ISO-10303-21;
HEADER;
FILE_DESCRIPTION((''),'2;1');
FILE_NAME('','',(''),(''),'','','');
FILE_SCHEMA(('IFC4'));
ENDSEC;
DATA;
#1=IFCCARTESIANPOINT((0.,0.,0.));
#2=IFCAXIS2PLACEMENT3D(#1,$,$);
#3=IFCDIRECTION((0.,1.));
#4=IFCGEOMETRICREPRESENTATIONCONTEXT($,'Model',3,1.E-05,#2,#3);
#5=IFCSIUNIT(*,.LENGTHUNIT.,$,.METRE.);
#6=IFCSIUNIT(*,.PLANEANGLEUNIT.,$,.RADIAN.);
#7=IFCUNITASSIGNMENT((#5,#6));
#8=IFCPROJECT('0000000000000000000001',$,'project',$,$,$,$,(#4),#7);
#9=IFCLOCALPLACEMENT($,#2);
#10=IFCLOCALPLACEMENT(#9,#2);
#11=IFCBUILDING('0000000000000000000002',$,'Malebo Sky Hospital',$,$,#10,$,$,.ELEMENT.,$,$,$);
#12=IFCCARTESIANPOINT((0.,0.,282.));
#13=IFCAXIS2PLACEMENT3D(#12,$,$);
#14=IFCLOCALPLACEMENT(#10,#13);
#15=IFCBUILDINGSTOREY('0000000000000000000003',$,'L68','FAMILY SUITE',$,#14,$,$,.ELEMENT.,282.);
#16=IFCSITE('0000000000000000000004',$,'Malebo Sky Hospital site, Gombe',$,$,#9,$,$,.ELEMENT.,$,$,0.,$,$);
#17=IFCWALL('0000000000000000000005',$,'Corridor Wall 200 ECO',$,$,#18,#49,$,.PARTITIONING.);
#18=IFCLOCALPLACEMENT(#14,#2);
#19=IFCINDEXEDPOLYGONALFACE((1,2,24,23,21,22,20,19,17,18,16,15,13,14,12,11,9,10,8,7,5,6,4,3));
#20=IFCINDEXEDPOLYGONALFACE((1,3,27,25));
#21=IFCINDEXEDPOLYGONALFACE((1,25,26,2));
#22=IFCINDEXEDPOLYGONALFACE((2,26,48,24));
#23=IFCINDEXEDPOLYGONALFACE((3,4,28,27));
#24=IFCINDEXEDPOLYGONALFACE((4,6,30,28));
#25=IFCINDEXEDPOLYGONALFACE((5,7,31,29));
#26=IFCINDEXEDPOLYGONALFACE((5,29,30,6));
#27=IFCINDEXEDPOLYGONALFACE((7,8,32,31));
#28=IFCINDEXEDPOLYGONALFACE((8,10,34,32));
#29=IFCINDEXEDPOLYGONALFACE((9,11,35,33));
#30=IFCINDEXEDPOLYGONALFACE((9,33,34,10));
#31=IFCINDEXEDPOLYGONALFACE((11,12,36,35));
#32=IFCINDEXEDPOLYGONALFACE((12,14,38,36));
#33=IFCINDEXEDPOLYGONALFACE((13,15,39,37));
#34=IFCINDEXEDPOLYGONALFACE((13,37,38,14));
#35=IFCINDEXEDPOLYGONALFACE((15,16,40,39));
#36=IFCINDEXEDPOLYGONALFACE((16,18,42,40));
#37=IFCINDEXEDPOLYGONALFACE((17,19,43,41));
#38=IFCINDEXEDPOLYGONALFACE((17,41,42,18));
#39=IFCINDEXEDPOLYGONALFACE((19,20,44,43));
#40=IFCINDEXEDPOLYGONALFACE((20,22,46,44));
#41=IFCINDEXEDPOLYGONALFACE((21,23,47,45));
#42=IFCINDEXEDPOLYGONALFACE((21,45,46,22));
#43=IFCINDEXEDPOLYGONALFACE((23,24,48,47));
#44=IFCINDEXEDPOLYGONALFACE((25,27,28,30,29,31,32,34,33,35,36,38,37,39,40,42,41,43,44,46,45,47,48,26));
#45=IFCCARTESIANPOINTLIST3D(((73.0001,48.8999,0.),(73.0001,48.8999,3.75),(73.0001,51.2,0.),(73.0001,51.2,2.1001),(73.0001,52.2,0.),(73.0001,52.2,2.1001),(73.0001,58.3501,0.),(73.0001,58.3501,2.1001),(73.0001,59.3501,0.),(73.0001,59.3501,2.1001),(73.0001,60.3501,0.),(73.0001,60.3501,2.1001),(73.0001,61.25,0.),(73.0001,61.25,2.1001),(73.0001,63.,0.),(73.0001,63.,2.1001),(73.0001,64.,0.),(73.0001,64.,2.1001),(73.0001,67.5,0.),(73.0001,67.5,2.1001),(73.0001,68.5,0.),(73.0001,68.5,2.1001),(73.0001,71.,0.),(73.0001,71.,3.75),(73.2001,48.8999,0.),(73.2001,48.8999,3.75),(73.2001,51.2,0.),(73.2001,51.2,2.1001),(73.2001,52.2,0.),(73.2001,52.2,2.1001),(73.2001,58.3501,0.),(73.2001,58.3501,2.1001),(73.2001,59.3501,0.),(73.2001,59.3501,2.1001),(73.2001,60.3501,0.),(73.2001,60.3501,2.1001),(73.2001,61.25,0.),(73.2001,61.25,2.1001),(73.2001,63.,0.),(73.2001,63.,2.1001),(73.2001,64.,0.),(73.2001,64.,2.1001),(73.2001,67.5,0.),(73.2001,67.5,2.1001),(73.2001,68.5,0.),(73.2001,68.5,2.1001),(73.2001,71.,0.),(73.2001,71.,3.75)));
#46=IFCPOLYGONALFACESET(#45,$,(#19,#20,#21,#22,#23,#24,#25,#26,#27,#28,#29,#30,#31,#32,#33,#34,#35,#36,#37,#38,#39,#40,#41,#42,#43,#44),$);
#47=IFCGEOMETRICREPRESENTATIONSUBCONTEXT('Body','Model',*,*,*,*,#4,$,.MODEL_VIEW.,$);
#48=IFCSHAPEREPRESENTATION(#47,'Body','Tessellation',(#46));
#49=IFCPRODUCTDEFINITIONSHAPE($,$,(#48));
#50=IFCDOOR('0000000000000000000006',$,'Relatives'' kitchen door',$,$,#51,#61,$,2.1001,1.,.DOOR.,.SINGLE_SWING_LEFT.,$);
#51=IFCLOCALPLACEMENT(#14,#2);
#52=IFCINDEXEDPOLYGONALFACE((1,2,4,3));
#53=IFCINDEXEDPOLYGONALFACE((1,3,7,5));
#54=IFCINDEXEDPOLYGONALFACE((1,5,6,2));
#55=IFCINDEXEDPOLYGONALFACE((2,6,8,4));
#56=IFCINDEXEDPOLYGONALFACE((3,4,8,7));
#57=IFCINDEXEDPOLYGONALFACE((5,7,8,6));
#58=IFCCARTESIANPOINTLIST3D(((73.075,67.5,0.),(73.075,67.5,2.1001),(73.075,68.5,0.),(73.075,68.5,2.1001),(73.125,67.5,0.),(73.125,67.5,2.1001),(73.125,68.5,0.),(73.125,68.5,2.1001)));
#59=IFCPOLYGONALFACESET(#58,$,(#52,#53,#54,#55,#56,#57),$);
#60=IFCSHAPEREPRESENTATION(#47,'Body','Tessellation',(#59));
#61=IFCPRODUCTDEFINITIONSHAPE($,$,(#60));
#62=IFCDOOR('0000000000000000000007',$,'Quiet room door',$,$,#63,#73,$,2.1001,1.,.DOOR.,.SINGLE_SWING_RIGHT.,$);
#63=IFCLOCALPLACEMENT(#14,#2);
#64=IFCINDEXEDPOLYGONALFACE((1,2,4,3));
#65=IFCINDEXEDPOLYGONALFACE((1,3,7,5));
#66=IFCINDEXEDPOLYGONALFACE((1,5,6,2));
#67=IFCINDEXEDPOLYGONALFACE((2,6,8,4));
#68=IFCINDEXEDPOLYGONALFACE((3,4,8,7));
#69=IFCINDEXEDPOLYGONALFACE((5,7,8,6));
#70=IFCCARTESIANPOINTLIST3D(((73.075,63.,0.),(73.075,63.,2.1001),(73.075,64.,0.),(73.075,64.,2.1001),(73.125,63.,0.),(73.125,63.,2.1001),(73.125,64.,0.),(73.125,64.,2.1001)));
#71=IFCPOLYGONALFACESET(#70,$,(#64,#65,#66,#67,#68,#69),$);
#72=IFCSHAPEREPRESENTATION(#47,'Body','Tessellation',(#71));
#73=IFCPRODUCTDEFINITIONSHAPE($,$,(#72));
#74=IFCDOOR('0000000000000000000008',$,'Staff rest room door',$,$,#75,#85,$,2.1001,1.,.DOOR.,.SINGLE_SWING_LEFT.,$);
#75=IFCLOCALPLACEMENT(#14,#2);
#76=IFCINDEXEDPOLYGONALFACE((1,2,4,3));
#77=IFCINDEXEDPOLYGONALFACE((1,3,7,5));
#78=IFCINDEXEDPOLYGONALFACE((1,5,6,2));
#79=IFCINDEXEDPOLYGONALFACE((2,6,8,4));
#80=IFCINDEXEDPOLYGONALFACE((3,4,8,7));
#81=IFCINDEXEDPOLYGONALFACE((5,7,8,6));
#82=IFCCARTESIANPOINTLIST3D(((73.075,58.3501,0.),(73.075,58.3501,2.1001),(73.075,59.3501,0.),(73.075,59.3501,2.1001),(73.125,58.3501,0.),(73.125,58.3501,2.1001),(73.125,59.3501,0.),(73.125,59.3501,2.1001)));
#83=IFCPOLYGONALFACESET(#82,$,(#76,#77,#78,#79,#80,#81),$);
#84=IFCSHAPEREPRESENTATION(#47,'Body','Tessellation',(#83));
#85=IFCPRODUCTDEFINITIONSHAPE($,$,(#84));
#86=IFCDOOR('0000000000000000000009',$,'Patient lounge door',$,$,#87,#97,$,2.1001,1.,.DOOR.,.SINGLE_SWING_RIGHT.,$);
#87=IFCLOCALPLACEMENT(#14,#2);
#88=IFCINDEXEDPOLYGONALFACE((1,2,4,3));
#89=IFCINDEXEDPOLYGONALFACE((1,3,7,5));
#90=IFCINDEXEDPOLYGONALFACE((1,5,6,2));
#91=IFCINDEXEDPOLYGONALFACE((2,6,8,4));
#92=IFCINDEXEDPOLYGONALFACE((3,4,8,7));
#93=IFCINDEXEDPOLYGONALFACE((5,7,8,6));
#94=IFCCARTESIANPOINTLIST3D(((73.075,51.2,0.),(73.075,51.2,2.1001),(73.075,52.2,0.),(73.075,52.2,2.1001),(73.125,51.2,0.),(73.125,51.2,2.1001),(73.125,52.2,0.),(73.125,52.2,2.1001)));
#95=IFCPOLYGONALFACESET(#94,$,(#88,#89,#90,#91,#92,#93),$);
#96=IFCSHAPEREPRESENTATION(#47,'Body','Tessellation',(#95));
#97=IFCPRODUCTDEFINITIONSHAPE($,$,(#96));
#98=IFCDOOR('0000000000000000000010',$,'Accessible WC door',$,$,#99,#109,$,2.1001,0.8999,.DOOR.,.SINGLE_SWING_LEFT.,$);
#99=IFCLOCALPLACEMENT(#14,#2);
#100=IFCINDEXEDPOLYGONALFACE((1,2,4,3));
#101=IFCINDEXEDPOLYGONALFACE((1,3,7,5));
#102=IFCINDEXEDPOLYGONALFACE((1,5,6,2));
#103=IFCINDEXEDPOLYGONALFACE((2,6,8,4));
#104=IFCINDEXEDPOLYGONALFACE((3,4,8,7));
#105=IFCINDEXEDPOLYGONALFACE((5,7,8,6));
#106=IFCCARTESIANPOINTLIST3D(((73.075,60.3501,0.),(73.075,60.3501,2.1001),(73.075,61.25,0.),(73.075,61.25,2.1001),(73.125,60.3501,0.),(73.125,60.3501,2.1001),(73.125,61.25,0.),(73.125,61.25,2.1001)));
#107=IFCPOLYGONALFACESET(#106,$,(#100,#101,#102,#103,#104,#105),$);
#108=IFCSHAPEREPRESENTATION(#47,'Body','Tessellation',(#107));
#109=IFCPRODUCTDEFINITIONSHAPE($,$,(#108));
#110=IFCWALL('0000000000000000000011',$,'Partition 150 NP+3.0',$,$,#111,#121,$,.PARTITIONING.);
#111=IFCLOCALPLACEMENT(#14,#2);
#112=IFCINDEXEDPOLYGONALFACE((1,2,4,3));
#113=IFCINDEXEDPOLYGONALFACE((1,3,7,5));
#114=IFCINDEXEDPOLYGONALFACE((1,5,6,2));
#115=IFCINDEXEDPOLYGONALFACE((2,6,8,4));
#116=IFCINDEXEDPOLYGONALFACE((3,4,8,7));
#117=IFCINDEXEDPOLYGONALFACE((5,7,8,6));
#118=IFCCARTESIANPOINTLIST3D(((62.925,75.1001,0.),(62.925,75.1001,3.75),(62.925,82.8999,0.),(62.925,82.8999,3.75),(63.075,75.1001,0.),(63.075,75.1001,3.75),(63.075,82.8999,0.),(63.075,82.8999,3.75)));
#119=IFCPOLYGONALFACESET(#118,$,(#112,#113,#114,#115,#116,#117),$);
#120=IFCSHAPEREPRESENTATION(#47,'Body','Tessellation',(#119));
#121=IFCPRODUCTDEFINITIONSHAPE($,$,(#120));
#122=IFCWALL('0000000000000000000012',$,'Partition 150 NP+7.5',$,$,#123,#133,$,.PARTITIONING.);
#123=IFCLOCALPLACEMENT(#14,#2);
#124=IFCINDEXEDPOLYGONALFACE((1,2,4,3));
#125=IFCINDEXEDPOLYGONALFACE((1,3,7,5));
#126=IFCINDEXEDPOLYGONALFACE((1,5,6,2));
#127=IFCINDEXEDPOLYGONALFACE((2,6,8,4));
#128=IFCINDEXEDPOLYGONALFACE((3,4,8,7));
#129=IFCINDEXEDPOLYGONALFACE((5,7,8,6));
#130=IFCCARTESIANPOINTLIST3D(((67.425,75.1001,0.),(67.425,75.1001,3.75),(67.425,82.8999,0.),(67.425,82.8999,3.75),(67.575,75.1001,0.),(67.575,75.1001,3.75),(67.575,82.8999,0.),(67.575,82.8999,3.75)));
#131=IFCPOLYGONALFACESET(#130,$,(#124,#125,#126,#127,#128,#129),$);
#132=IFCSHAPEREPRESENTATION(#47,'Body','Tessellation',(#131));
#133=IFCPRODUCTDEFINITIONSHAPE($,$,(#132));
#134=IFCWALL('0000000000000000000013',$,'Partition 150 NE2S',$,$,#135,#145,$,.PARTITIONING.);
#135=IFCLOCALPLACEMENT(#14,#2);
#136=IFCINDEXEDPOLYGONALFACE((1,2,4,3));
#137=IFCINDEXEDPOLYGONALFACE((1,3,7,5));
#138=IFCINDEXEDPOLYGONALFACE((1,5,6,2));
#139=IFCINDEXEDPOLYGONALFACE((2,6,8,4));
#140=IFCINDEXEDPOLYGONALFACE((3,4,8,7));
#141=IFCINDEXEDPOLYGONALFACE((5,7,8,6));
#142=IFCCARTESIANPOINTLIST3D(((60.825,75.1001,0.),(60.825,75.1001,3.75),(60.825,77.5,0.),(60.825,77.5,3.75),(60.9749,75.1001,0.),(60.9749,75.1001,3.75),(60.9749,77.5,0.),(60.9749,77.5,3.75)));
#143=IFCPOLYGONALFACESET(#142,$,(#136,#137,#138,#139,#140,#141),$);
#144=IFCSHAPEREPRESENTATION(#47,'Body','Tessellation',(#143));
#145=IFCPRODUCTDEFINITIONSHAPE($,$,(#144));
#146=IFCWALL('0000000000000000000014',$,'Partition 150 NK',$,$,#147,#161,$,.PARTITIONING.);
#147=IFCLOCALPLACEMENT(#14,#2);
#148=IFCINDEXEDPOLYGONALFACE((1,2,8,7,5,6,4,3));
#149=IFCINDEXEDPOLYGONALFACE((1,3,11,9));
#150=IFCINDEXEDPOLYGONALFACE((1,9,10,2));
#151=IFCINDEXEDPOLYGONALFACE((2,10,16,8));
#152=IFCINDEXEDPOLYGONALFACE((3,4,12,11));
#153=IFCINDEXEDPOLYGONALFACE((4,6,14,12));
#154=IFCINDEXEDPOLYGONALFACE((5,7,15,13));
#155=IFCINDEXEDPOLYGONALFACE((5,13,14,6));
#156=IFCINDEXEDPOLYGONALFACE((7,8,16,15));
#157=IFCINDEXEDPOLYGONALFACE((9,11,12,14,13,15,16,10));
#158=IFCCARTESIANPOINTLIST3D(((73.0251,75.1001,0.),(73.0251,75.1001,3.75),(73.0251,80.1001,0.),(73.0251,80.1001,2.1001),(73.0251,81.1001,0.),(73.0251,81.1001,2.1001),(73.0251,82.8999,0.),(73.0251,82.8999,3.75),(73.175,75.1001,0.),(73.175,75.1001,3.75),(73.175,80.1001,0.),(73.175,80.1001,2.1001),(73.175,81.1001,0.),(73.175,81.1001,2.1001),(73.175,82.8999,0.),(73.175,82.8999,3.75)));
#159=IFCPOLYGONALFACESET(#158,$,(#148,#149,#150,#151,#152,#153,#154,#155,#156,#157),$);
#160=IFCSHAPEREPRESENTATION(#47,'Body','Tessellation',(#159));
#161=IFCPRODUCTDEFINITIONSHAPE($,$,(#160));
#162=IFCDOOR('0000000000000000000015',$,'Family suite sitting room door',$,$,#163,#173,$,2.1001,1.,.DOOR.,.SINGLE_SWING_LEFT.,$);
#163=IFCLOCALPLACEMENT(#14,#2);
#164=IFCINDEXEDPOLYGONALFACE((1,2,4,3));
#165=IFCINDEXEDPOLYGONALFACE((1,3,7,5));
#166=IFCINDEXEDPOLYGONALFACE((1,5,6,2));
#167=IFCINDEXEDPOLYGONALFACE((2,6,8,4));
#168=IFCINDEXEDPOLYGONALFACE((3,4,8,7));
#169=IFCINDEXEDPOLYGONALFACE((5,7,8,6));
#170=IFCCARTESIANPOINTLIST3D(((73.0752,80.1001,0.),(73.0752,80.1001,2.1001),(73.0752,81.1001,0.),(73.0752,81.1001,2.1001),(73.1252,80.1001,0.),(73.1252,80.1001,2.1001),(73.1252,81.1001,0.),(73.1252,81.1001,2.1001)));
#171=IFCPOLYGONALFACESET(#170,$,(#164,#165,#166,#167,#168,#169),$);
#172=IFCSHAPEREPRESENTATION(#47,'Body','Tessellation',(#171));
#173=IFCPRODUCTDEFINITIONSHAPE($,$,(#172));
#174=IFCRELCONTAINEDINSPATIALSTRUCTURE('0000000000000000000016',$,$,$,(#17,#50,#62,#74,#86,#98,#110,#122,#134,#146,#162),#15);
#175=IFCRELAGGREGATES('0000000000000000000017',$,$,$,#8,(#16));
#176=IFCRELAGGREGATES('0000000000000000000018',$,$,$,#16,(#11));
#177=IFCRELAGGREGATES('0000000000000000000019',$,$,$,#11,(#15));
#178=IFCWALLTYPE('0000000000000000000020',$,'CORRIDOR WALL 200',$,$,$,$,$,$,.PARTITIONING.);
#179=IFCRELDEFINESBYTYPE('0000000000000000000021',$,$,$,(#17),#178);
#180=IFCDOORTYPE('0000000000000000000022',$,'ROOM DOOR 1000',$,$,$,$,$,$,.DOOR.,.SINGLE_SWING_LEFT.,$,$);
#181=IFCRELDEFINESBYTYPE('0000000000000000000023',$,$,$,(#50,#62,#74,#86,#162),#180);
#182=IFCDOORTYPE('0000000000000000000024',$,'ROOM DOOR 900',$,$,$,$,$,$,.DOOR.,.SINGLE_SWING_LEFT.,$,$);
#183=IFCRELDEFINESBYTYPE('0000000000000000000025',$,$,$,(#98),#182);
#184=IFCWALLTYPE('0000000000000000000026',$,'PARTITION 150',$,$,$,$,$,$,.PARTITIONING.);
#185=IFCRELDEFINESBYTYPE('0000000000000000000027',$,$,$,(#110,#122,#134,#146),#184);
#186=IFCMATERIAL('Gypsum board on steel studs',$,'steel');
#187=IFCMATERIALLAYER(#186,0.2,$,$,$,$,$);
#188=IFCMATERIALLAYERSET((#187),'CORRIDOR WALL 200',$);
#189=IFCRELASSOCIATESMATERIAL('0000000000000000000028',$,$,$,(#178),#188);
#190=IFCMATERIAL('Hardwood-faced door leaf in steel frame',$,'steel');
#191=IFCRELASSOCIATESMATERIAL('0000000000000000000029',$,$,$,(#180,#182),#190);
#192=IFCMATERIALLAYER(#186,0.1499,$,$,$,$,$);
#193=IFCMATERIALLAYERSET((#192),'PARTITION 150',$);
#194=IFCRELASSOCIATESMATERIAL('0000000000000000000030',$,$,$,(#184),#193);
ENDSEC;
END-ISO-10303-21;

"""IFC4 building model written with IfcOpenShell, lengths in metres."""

from ifc_helpers import new_model, si_unit, direction, frame, frame_2d, origin, place, context, subcontext, project, spatial, rectangle, extrude, material, layer, layer_set, type_object, element, fill, save


model = new_model("IFC4")

# Units and contexts
model_context = context("Model", 3, precision=1e-05, world=origin(), true_north=direction((0.0, 1.0)))
body_context = subcontext(model_context, "Body", "Model", "MODEL_VIEW")
ifc_project = project(units=[si_unit("LENGTHUNIT", "METRE"), si_unit("PLANEANGLEUNIT", "RADIAN")], contexts=[model_context])

# Site, building, storey
site_placement = place(None, origin())
site = spatial("IfcSite", under=ifc_project, at=site_placement, Name="Malebo Sky Hospital site, Gombe", CompositionType="ELEMENT", RefElevation=0.0)
building_placement = place(site_placement, origin())
building = spatial("IfcBuilding", under=site, at=building_placement, Name="Malebo Sky Hospital", CompositionType="ELEMENT")
storey_placement = place(building_placement, frame((0.0, 0.0, 282.0)))
storey = spatial("IfcBuildingStorey", under=building, at=storey_placement, Name="L68", Description="FAMILY SUITE", CompositionType="ELEMENT", Elevation=282.0)

# Wall, openings, doors
ifc_material_1 = material(Name="Gypsum board on steel studs", Category="steel")
ifc_layer_1 = layer(ifc_material_1, 0.2)
ifc_layer_set_1 = layer_set([ifc_layer_1], Name="CORRIDOR WALL 200")
wall_type_1 = type_object("IfcWallType", Name="CORRIDOR WALL 200", PredefinedType="PARTITIONING", material=ifc_layer_set_1)
wall_1_placement = place(storey_placement, frame((73.1001, 71.0, 0.0), z_axis=(0.0, 0.0, 1.0), x_axis=(0.0, -1.0, 0.0)))
wall_1 = element("IfcWall", 1, at=wall_1_placement, inside=storey, type_object=wall_type_1, Name="Corridor Wall 200 ECO", PredefinedType="PARTITIONING", context=body_context, shape_type="SweptSolid", body=[
    extrude(rectangle(XDim=22.1001, YDim=0.2, at=frame_2d((11.05, 0.0))), origin(), (0.0, 0.0, 1.0), 3.75),
])
opening_1_placement = place(wall_1_placement, frame((2.5, 0.0, 0.0)))
opening_1 = element("IfcOpeningElement", 2, at=opening_1_placement, cuts=wall_1, PredefinedType="OPENING", context=body_context, shape_type="SweptSolid", body=[
    extrude(rectangle(XDim=1.0, YDim=2.1001, at=frame_2d((0.5, 1.05))), frame((0.0, 0.1099, 0.0), z_axis=(0.0, -1.0, 0.0), x_axis=(1.0, 0.0, 0.0)), (0.0, 0.0, 1.0), 0.22),
])
opening_2_placement = place(wall_1_placement, frame((7.0, 0.0, 0.0)))
opening_2 = element("IfcOpeningElement", 3, at=opening_2_placement, cuts=wall_1, PredefinedType="OPENING", context=body_context, shape_type="SweptSolid", body=[
    extrude(rectangle(XDim=1.0, YDim=2.1001, at=frame_2d((0.5, 1.05))), frame((0.0, 0.1099, 0.0), z_axis=(0.0, -1.0, 0.0), x_axis=(1.0, 0.0, 0.0)), (0.0, 0.0, 1.0), 0.22),
])
opening_3_placement = place(wall_1_placement, frame((9.75, 0.0, 0.0)))
opening_3 = element("IfcOpeningElement", 4, at=opening_3_placement, cuts=wall_1, PredefinedType="OPENING", context=body_context, shape_type="SweptSolid", body=[
    extrude(rectangle(XDim=0.8999, YDim=2.1001, at=frame_2d((0.45, 1.05))), frame((0.0, 0.1099, 0.0), z_axis=(0.0, -1.0, 0.0), x_axis=(1.0, 0.0, 0.0)), (0.0, 0.0, 1.0), 0.22),
])
opening_4_placement = place(wall_1_placement, frame((11.6499, 0.0, 0.0)))
opening_4 = element("IfcOpeningElement", 5, at=opening_4_placement, cuts=wall_1, PredefinedType="OPENING", context=body_context, shape_type="SweptSolid", body=[
    extrude(rectangle(XDim=1.0, YDim=2.1001, at=frame_2d((0.5, 1.05))), frame((0.0, 0.1099, 0.0), z_axis=(0.0, -1.0, 0.0), x_axis=(1.0, 0.0, 0.0)), (0.0, 0.0, 1.0), 0.22),
])
opening_5_placement = place(wall_1_placement, frame((18.8, 0.0, 0.0)))
opening_5 = element("IfcOpeningElement", 6, at=opening_5_placement, cuts=wall_1, PredefinedType="OPENING", context=body_context, shape_type="SweptSolid", body=[
    extrude(rectangle(XDim=1.0, YDim=2.1001, at=frame_2d((0.5, 1.05))), frame((0.0, 0.1099, 0.0), z_axis=(0.0, -1.0, 0.0), x_axis=(1.0, 0.0, 0.0)), (0.0, 0.0, 1.0), 0.22),
])
ifc_material_2 = material(Name="Hardwood-faced door leaf in steel frame", Category="steel")
door_type_1 = type_object("IfcDoorType", Name="ROOM DOOR 1000", OperationType="SINGLE_SWING_LEFT", PredefinedType="DOOR", material=ifc_material_2)
door_1_placement = place(opening_1_placement, origin())
door_1 = element("IfcDoor", 7, at=door_1_placement, inside=storey, type_object=door_type_1, Name="Relatives' kitchen door", OperationType="SINGLE_SWING_LEFT", OverallHeight=2.1001, OverallWidth=1.0, PredefinedType="DOOR", context=body_context, shape_type="SweptSolid", body=[
    extrude(rectangle(XDim=1.0, YDim=2.1001, at=frame_2d((0.5, 1.05))), frame((0.0, 0.0249, 0.0), z_axis=(0.0, -1.0, 0.0), x_axis=(1.0, 0.0, 0.0)), (0.0, 0.0, 1.0), 0.05),
])
fill(opening_1, door_1)
door_2_placement = place(opening_2_placement, origin())
door_2 = element("IfcDoor", 8, at=door_2_placement, inside=storey, type_object=door_type_1, Name="Quiet room door", OperationType="SINGLE_SWING_RIGHT", OverallHeight=2.1001, OverallWidth=1.0, PredefinedType="DOOR", context=body_context, shape_type="SweptSolid", body=[
    extrude(rectangle(XDim=1.0, YDim=2.1001, at=frame_2d((0.5, 1.05))), frame((0.0, 0.0249, 0.0), z_axis=(0.0, -1.0, 0.0), x_axis=(1.0, 0.0, 0.0)), (0.0, 0.0, 1.0), 0.05),
])
fill(opening_2, door_2)
door_3_placement = place(opening_4_placement, origin())
door_3 = element("IfcDoor", 9, at=door_3_placement, inside=storey, type_object=door_type_1, Name="Staff rest room door", OperationType="SINGLE_SWING_LEFT", OverallHeight=2.1001, OverallWidth=1.0, PredefinedType="DOOR", context=body_context, shape_type="SweptSolid", body=[
    extrude(rectangle(XDim=1.0, YDim=2.1001, at=frame_2d((0.5, 1.05))), frame((0.0, 0.0249, 0.0), z_axis=(0.0, -1.0, 0.0), x_axis=(1.0, 0.0, 0.0)), (0.0, 0.0, 1.0), 0.05),
])
fill(opening_4, door_3)
door_4_placement = place(opening_5_placement, origin())
door_4 = element("IfcDoor", 10, at=door_4_placement, inside=storey, type_object=door_type_1, Name="Patient lounge door", OperationType="SINGLE_SWING_RIGHT", OverallHeight=2.1001, OverallWidth=1.0, PredefinedType="DOOR", context=body_context, shape_type="SweptSolid", body=[
    extrude(rectangle(XDim=1.0, YDim=2.1001, at=frame_2d((0.5, 1.05))), frame((0.0, 0.0249, 0.0), z_axis=(0.0, -1.0, 0.0), x_axis=(1.0, 0.0, 0.0)), (0.0, 0.0, 1.0), 0.05),
])
fill(opening_5, door_4)
door_type_2 = type_object("IfcDoorType", Name="ROOM DOOR 900", OperationType="SINGLE_SWING_LEFT", PredefinedType="DOOR", material=ifc_material_2)
door_5_placement = place(opening_3_placement, origin())
door_5 = element("IfcDoor", 11, at=door_5_placement, inside=storey, type_object=door_type_2, Name="Accessible WC door", OperationType="SINGLE_SWING_LEFT", OverallHeight=2.1001, OverallWidth=0.8999, PredefinedType="DOOR", context=body_context, shape_type="SweptSolid", body=[
    extrude(rectangle(XDim=0.8999, YDim=2.1001, at=frame_2d((0.45, 1.05))), frame((0.0, 0.0249, 0.0), z_axis=(0.0, -1.0, 0.0), x_axis=(1.0, 0.0, 0.0)), (0.0, 0.0, 1.0), 0.05),
])
fill(opening_3, door_5)

# Walls
ifc_layer_2 = layer(ifc_material_1, 0.1499)
ifc_layer_set_2 = layer_set([ifc_layer_2], Name="PARTITION 150")
wall_type_2 = type_object("IfcWallType", Name="PARTITION 150", PredefinedType="PARTITIONING", material=ifc_layer_set_2)
for number, where, z_axis, x_axis, name in (
    (12, (63.0, 75.1001, 0.0), (0.0, 0.0, 1.0), (0.0, 1.0, 0.0), "Partition 150 NP+3.0"),
    (13, (67.5, 75.1001, 0.0), (0.0, 0.0, 1.0), (0.0, 1.0, 0.0), "Partition 150 NP+7.5"),
):
    element("IfcWall", number, at=place(storey_placement, frame(where, z_axis=z_axis, x_axis=x_axis)), inside=storey, type_object=wall_type_2, Name=name, PredefinedType="PARTITIONING", context=body_context, shape_type="SweptSolid", body=[
        extrude(rectangle(XDim=7.7998, YDim=0.1499, at=frame_2d((3.8999, 0.0))), origin(), (0.0, 0.0, 1.0), 3.75),
    ])
wall_2_placement = place(storey_placement, frame((60.8999, 75.1001, 0.0), z_axis=(0.0, 0.0, 1.0), x_axis=(0.0, 1.0, 0.0)))
element("IfcWall", 14, at=wall_2_placement, inside=storey, type_object=wall_type_2, Name="Partition 150 NE2S", PredefinedType="PARTITIONING", context=body_context, shape_type="SweptSolid", body=[
    extrude(rectangle(XDim=2.3999, YDim=0.1499, at=frame_2d((1.2, 0.0))), origin(), (0.0, 0.0, 1.0), 3.75),
])

# Wall, opening, door
wall_3_placement = place(storey_placement, frame((73.1001, 75.1001, 0.0), z_axis=(0.0, 0.0, 1.0), x_axis=(0.0, 1.0, 0.0)))
wall_3 = element("IfcWall", 15, at=wall_3_placement, inside=storey, type_object=wall_type_2, Name="Partition 150 NK", PredefinedType="PARTITIONING", context=body_context, shape_type="SweptSolid", body=[
    extrude(rectangle(XDim=7.7998, YDim=0.1499, at=frame_2d((3.8999, 0.0))), origin(), (0.0, 0.0, 1.0), 3.75),
])
opening_6_placement = place(wall_3_placement, frame((5.0, 0.0, 0.0)))
opening_6 = element("IfcOpeningElement", 16, at=opening_6_placement, cuts=wall_3, PredefinedType="OPENING", context=body_context, shape_type="SweptSolid", body=[
    extrude(rectangle(XDim=1.0, YDim=2.1001, at=frame_2d((0.5, 1.05))), frame((0.0, 0.085, 0.0), z_axis=(0.0, -1.0, 0.0), x_axis=(1.0, 0.0, 0.0)), (0.0, 0.0, 1.0), 0.1699),
])
door_6_placement = place(opening_6_placement, origin())
door_6 = element("IfcDoor", 17, at=door_6_placement, inside=storey, type_object=door_type_1, Name="Family suite sitting room door", OperationType="SINGLE_SWING_LEFT", OverallHeight=2.1001, OverallWidth=1.0, PredefinedType="DOOR", context=body_context, shape_type="SweptSolid", body=[
    extrude(rectangle(XDim=1.0, YDim=2.1001, at=frame_2d((0.5, 1.05))), frame((0.0, 0.0249, 0.0), z_axis=(0.0, -1.0, 0.0), x_axis=(1.0, 0.0, 0.0)), (0.0, 0.0, 1.0), 0.05),
])
fill(opening_6, door_6)

save(model, "model.ifc")
